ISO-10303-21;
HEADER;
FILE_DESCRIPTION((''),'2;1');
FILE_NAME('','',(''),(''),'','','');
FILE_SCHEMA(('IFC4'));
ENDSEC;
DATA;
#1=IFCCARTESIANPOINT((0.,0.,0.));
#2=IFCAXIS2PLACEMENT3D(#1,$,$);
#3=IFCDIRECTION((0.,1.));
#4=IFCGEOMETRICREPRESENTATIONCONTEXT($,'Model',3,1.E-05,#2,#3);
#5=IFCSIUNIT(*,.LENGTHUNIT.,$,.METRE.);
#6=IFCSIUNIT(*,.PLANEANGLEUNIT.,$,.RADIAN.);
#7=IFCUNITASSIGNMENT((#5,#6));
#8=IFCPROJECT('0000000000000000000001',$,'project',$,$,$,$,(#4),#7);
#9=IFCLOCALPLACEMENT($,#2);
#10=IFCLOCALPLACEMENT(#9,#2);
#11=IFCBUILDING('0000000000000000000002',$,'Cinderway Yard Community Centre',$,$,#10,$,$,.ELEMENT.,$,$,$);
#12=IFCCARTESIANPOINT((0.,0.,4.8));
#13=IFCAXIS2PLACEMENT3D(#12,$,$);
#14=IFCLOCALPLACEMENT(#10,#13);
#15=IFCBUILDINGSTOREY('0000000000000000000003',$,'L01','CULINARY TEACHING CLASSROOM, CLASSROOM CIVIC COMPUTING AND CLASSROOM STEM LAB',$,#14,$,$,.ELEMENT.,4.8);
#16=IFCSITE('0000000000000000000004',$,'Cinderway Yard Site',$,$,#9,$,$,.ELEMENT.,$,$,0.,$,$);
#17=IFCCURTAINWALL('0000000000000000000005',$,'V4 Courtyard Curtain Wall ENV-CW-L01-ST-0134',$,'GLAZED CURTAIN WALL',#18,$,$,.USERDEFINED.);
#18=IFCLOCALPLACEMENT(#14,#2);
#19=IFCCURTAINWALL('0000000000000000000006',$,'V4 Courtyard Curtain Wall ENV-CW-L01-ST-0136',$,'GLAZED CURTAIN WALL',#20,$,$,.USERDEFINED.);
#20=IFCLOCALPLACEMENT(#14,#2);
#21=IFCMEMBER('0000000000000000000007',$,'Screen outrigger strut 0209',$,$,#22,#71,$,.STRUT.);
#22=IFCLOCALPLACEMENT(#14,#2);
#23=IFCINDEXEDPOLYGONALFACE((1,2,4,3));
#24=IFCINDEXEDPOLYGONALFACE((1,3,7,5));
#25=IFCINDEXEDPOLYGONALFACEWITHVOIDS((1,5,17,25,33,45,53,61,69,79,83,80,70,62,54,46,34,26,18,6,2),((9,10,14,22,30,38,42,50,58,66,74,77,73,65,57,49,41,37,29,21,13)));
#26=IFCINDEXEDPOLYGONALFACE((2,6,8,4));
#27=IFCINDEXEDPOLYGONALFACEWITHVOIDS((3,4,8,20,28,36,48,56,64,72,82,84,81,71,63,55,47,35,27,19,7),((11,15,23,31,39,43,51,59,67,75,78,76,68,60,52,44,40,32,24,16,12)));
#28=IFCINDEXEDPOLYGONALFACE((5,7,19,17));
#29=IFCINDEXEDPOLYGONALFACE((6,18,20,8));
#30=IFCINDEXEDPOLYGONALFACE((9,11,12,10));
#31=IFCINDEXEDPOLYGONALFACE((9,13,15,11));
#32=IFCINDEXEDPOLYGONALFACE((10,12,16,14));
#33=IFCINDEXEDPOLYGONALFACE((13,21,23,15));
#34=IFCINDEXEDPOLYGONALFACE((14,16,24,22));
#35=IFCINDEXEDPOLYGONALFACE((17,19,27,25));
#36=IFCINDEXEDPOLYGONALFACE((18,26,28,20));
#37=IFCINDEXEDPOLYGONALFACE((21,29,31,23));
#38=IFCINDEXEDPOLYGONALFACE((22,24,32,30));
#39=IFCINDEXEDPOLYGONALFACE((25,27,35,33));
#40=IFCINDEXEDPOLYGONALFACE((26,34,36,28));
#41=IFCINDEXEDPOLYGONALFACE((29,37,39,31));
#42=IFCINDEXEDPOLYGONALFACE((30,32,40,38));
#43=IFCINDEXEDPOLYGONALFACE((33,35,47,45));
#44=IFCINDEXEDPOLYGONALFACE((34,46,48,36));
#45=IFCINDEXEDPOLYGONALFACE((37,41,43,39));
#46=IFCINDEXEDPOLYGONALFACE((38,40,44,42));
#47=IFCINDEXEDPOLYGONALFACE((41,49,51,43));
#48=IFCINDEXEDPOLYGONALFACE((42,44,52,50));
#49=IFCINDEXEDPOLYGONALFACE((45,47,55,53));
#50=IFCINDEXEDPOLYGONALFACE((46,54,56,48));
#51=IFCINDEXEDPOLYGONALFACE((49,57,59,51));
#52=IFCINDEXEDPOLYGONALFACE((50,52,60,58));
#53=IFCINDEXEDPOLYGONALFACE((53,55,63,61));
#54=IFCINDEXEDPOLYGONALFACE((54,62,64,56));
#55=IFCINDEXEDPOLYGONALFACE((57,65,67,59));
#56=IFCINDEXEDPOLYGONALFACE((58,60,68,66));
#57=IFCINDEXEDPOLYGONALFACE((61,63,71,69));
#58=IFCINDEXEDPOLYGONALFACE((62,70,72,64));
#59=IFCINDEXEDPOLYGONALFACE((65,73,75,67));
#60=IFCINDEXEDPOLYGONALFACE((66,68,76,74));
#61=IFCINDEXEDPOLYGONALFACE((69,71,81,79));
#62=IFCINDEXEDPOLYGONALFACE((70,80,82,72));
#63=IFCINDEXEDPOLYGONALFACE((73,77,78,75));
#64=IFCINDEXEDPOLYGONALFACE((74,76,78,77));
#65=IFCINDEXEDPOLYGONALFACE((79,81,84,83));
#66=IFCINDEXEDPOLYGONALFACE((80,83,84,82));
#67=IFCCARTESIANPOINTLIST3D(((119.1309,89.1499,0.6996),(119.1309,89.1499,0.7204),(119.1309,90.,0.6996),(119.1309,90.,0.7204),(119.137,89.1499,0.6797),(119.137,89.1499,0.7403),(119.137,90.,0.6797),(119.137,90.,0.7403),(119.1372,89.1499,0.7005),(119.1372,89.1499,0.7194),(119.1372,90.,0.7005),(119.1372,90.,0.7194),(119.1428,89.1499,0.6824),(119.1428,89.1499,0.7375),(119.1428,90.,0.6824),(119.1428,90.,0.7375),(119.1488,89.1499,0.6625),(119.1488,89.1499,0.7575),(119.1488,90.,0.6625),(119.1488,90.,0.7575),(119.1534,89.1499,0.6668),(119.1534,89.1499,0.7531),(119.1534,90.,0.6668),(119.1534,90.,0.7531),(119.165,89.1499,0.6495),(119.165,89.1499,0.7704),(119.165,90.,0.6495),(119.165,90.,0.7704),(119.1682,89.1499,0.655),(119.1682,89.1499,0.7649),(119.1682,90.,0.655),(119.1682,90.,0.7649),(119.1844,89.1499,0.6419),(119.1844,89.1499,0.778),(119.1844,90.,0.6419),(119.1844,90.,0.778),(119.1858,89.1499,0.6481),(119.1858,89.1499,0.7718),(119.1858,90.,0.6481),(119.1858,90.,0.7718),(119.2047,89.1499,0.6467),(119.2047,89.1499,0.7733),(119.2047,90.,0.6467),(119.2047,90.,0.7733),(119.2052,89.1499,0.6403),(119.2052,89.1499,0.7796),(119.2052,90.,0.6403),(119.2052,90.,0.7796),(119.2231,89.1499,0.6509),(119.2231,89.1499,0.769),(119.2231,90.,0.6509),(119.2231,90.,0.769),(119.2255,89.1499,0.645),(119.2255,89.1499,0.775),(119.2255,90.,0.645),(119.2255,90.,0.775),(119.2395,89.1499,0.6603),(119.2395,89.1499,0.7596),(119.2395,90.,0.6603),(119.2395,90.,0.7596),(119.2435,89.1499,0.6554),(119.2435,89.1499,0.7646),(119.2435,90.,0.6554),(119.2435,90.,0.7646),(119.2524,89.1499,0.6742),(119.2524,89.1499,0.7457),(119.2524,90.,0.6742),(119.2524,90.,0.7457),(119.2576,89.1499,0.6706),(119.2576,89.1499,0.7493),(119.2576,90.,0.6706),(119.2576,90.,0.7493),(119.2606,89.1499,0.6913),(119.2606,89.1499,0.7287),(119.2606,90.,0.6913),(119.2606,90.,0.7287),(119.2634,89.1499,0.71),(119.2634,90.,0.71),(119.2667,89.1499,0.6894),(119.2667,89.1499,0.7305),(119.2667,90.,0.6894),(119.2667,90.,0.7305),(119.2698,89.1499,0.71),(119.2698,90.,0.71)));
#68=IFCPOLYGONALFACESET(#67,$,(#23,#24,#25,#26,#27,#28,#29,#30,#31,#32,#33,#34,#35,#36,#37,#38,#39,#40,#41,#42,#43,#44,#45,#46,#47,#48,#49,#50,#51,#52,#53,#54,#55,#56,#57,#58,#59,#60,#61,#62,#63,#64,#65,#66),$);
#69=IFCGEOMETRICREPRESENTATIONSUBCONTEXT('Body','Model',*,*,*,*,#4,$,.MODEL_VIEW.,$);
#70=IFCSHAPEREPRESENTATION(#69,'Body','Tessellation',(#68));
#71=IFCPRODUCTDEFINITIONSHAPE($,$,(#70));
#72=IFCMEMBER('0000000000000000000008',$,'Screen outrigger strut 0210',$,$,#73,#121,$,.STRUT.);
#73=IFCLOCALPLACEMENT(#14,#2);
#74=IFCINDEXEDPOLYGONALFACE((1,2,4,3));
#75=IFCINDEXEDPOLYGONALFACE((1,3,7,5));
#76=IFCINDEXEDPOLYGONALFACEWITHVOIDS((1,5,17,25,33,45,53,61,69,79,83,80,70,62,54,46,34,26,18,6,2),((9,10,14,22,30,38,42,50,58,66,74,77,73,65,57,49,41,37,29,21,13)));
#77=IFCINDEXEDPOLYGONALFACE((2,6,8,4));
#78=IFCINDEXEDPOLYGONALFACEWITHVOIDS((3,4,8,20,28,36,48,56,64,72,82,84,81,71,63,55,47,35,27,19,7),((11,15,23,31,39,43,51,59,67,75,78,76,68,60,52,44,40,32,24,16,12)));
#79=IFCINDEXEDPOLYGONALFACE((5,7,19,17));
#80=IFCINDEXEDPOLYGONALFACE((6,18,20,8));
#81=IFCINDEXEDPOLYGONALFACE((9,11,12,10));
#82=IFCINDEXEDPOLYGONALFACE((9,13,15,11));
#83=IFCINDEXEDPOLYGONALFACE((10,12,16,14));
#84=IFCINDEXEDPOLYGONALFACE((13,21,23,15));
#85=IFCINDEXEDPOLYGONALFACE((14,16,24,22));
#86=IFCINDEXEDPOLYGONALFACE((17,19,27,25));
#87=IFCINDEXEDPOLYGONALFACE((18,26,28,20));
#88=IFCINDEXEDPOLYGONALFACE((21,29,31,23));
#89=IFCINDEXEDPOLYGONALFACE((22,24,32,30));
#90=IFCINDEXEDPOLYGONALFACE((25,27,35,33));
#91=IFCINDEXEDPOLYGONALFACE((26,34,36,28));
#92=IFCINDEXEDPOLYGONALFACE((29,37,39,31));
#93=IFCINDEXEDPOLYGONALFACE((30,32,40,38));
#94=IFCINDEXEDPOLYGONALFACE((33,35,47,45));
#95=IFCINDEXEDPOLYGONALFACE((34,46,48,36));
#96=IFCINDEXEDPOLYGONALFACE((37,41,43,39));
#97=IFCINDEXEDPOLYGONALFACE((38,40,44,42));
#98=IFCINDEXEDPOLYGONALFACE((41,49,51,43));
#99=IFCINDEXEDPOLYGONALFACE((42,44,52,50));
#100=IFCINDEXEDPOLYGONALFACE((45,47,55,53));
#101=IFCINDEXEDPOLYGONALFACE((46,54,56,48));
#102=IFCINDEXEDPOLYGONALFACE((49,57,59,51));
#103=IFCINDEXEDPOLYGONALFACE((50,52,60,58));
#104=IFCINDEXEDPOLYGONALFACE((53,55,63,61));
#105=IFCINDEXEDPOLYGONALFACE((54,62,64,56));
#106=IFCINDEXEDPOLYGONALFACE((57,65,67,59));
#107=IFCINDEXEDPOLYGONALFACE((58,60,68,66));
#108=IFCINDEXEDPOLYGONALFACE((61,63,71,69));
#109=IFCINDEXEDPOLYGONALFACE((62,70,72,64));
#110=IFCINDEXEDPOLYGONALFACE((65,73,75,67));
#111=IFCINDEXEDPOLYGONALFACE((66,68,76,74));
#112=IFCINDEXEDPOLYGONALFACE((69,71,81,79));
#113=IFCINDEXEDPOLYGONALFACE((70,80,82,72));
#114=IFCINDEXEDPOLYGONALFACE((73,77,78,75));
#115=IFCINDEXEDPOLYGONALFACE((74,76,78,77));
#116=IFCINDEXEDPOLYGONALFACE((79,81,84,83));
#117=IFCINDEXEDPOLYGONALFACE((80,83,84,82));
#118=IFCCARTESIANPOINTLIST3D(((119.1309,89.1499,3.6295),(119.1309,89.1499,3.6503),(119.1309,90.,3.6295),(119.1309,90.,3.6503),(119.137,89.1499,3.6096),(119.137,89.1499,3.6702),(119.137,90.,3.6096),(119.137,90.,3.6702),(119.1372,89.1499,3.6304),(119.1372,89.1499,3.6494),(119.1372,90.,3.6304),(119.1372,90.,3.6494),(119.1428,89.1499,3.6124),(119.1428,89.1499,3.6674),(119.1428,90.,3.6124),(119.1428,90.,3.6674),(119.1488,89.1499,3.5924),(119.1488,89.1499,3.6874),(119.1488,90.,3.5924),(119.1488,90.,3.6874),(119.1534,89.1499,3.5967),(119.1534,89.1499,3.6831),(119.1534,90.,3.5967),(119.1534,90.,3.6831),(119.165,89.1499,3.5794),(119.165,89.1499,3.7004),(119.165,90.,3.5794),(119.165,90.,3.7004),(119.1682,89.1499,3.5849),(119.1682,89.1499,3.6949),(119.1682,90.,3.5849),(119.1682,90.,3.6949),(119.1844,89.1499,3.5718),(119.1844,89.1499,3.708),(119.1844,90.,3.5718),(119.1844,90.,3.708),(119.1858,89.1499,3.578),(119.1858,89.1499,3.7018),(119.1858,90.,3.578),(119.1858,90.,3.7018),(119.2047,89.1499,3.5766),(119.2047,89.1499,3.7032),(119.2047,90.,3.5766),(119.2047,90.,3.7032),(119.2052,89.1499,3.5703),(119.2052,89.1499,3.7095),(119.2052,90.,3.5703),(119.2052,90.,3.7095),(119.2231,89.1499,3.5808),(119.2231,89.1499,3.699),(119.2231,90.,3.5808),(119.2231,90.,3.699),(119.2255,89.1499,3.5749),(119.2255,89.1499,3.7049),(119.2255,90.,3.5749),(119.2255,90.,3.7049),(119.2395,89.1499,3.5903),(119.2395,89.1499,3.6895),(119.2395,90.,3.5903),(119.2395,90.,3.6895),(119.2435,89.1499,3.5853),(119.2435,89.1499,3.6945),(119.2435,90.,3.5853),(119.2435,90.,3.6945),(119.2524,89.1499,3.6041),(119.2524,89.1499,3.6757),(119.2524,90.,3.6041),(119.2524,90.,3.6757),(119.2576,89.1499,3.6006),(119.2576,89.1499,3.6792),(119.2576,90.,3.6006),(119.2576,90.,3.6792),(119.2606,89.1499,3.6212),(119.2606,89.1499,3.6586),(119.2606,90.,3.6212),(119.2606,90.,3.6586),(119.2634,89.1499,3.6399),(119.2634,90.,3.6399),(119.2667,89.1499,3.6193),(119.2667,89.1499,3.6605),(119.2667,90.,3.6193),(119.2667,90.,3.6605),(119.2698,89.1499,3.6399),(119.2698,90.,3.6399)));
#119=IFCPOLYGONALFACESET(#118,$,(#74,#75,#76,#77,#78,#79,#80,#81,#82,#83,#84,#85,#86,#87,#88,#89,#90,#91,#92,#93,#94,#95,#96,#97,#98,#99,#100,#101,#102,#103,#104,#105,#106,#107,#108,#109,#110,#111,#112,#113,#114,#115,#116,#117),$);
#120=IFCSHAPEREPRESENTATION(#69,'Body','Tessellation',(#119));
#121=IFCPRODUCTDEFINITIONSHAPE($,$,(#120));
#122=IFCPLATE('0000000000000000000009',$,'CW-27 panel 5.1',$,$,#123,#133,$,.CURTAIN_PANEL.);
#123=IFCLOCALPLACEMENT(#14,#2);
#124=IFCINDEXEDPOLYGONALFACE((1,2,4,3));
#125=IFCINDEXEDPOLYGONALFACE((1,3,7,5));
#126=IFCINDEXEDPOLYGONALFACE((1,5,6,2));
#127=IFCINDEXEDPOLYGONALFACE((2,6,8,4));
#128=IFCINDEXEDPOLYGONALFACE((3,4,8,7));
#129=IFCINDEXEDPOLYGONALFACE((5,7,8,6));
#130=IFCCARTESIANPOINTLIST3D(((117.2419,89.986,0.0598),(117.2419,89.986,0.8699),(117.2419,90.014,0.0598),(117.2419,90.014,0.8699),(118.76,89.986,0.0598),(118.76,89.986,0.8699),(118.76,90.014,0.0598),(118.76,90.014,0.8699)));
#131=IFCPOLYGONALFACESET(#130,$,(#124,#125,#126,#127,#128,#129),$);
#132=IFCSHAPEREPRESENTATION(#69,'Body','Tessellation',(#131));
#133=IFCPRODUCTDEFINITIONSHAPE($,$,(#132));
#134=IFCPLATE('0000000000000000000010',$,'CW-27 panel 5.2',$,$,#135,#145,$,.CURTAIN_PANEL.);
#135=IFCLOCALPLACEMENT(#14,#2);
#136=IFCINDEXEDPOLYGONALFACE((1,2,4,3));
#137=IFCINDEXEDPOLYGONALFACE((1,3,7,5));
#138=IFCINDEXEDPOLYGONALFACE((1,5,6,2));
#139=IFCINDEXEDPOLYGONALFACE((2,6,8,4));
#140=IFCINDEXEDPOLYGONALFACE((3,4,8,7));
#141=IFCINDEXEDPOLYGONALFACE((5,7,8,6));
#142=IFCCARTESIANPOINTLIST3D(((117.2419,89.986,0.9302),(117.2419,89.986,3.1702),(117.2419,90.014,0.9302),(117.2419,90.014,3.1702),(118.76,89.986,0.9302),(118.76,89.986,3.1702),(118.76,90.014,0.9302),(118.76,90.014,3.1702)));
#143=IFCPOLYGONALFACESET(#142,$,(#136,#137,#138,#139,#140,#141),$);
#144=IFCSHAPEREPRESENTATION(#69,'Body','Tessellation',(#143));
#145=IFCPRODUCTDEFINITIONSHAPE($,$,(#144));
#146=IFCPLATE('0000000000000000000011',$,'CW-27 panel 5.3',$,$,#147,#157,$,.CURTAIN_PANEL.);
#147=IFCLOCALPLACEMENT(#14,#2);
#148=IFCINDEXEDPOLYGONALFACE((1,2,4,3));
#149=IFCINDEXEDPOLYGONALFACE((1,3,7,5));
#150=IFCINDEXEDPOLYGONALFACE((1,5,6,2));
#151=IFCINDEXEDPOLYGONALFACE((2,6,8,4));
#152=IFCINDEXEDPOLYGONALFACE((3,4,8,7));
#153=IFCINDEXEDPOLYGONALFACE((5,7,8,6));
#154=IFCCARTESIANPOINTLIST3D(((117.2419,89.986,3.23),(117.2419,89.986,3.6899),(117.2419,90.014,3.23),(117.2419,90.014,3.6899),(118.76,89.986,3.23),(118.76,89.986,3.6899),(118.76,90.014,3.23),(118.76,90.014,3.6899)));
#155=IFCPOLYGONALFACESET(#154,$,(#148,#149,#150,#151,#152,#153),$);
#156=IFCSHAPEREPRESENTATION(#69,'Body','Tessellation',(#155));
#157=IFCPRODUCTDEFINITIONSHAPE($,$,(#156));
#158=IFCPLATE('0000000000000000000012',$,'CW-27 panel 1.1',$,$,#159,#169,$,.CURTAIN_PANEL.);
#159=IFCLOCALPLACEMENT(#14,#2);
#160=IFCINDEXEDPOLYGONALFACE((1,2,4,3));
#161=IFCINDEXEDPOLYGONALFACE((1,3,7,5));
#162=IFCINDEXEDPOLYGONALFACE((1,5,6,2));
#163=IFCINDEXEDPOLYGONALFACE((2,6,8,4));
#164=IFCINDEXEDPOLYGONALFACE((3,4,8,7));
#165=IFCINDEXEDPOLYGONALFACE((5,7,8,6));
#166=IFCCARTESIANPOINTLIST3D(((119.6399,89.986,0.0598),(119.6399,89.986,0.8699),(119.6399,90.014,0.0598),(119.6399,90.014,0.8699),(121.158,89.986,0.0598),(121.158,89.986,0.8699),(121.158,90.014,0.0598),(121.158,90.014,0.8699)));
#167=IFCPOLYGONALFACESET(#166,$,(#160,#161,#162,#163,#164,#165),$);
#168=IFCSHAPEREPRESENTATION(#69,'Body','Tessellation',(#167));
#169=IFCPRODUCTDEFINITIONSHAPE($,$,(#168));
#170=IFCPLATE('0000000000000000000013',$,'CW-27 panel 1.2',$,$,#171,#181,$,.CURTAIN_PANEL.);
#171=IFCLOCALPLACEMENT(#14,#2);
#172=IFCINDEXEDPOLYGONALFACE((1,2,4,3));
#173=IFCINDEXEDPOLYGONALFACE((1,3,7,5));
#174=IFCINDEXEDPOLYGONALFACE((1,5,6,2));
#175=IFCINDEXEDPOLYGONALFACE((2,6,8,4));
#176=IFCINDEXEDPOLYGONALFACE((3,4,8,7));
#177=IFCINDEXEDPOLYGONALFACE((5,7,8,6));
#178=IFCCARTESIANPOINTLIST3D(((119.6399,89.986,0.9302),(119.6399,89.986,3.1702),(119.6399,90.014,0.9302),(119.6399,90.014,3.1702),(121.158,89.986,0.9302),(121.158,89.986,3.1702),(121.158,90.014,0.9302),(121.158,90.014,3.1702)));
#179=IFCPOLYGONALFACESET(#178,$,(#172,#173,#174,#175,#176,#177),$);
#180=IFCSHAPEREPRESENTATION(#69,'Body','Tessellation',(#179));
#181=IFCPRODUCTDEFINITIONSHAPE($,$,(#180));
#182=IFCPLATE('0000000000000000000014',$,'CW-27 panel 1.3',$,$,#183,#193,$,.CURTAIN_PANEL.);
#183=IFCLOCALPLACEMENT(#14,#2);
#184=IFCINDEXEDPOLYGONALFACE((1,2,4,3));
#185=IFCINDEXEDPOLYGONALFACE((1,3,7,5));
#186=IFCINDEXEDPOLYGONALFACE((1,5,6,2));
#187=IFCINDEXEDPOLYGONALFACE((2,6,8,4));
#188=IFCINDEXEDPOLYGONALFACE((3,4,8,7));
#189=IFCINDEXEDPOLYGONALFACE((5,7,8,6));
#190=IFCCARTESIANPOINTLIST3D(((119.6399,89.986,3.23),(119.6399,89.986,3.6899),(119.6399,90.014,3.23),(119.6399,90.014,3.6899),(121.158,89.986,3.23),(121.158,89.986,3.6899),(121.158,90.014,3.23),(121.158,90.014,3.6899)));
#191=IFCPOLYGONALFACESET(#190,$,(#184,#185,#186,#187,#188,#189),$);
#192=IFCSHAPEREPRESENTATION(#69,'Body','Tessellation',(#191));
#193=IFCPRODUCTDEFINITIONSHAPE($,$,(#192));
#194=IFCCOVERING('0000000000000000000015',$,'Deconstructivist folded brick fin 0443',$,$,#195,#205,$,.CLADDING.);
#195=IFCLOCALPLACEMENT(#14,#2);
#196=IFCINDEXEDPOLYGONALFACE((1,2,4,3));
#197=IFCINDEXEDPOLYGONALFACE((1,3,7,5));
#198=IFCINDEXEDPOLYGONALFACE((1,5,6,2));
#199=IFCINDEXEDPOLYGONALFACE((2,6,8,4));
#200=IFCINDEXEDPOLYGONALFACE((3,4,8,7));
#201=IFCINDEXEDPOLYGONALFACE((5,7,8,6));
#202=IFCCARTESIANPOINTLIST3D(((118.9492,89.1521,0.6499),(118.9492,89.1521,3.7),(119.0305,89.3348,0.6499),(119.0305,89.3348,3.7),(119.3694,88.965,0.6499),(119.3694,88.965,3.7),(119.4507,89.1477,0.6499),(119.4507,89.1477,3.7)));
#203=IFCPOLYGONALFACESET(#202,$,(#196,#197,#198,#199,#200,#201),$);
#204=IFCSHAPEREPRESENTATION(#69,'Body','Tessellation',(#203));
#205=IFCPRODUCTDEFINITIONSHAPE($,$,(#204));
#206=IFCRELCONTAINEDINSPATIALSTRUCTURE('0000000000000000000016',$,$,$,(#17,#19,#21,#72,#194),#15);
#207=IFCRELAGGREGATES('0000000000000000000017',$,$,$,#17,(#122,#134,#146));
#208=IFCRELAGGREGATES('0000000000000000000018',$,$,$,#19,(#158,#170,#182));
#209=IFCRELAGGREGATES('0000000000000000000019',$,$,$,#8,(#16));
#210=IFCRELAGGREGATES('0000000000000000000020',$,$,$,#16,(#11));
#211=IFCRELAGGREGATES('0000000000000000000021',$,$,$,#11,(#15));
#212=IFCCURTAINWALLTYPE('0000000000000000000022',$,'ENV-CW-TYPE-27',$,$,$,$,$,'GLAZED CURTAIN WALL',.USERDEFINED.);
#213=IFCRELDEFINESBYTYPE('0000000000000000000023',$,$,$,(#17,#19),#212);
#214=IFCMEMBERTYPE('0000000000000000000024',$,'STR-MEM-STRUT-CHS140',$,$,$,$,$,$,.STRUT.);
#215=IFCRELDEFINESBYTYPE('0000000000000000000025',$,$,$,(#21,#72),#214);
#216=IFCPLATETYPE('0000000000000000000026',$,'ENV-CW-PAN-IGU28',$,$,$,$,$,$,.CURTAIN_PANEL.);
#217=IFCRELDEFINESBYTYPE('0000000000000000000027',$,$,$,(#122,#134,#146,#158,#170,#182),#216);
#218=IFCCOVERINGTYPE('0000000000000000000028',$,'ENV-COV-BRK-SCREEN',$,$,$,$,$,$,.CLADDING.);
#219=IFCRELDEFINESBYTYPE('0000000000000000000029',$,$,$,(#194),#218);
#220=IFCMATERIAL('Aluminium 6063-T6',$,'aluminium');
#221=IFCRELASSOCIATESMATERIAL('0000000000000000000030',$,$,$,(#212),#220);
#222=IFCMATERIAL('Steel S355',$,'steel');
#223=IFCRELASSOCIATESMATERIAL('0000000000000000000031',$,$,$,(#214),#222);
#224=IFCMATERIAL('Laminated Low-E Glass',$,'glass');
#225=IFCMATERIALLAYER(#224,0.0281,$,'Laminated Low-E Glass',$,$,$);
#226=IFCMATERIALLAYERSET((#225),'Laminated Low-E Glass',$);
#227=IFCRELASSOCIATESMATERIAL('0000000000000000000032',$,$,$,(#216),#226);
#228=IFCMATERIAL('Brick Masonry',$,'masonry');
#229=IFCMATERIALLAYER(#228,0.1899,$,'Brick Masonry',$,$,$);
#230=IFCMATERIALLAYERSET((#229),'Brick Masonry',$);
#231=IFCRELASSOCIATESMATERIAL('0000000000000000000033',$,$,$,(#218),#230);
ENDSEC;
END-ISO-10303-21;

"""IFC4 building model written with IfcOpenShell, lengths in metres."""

from ifc_helpers import new_model, si_unit, direction, frame, origin, origin_2d, place, context, subcontext, project, spatial, rectangle, hollow_circle, extrude, material, layer, layer_set, material_profile, profile_set, type_object, element, aggregate, save


model = new_model("IFC4")

# Units and contexts
model_context = context("Model", 3, precision=1e-05, world=origin(), true_north=direction((0.0, 1.0)))
body_context = subcontext(model_context, "Body", "Model", "MODEL_VIEW")
ifc_project = project(units=[si_unit("LENGTHUNIT", "METRE"), si_unit("PLANEANGLEUNIT", "RADIAN")], contexts=[model_context])

# Site, building, storey
site_placement = place(None, origin())
site = spatial("IfcSite", under=ifc_project, at=site_placement, Name="Cinderway Yard Site", CompositionType="ELEMENT", RefElevation=0.0)
building_placement = place(site_placement, origin())
building = spatial("IfcBuilding", under=site, at=building_placement, Name="Cinderway Yard Community Centre", CompositionType="ELEMENT")
storey_placement = place(building_placement, frame((0.0, 0.0, 4.8)))
storey = spatial("IfcBuildingStorey", under=building, at=storey_placement, Name="L01", Description="CULINARY TEACHING CLASSROOM, CLASSROOM CIVIC COMPUTING AND CLASSROOM STEM LAB", CompositionType="ELEMENT", Elevation=4.8)

# Curtain wall
ifc_material_1 = material(Name="Aluminium 6063-T6", Category="aluminium")
curtain_wall_type = type_object("IfcCurtainWallType", Name="ENV-CW-TYPE-27", ElementType="GLAZED CURTAIN WALL", PredefinedType="USERDEFINED", material=ifc_material_1)
curtain_wall_1_placement = place(storey_placement, origin())
curtain_wall_1 = element("IfcCurtainWall", 1, at=curtain_wall_1_placement, inside=storey, type_object=curtain_wall_type, Name="V4 Courtyard Curtain Wall ENV-CW-L01-ST-0134", ObjectType="GLAZED CURTAIN WALL", PredefinedType="USERDEFINED")

# Curtain wall
curtain_wall_2_placement = place(storey_placement, origin())
curtain_wall_2 = element("IfcCurtainWall", 2, at=curtain_wall_2_placement, inside=storey, type_object=curtain_wall_type, Name="V4 Courtyard Curtain Wall ENV-CW-L01-ST-0136", ObjectType="GLAZED CURTAIN WALL", PredefinedType="USERDEFINED")

# Shared definitions
ifc_material_2 = material(Name="Steel S355", Category="steel")

# Members
ifc_material_profile_1 = material_profile(ifc_material_2, hollow_circle(Radius=0.0698, WallThickness=0.0063, at=origin_2d()), Name="Steel S355")
ifc_profile_set_1 = profile_set([ifc_material_profile_1], Name="Steel S355")
member_type_1 = type_object("IfcMemberType", Name="STR-MEM-STRUT-CHS140", PredefinedType="STRUT", material=ifc_profile_set_1)
for number, where, z_axis, x_axis, name in (
    (3, (119.2, 90.0, 0.71), (0.0, -1.0, 0.0), (1.0, 0.0, 0.0), "Screen outrigger strut 0209"),
    (4, (119.2, 90.0, 3.6399), (0.0, -1.0, 0.0), (1.0, 0.0, 0.0), "Screen outrigger strut 0210"),
):
    element("IfcMember", number, at=place(storey_placement, frame(where, z_axis=z_axis, x_axis=x_axis)), inside=storey, type_object=member_type_1, Name=name, PredefinedType="STRUT", context=body_context, shape_type="SweptSolid", body=[
        extrude(hollow_circle(Radius=0.0698, WallThickness=0.0063, at=origin_2d()), origin(), (0.0, 0.0, 1.0), 0.8501),
    ])

# Plates
ifc_material_3 = material(Name="Laminated Low-E Glass", Category="glass")
ifc_layer_1 = layer(ifc_material_3, 0.0281, Name="Laminated Low-E Glass")
ifc_layer_set_1 = layer_set([ifc_layer_1], Name="Laminated Low-E Glass")
plate_type = type_object("IfcPlateType", Name="ENV-CW-PAN-IGU28", PredefinedType="CURTAIN_PANEL", material=ifc_layer_set_1)
plate_1_placement = place(storey_placement, frame((118.001, 90.0, 0.0598), z_axis=(0.0, 0.0, 1.0), x_axis=(1.0, 0.0, 0.0)))
plate_1 = element("IfcPlate", 5, at=plate_1_placement, type_object=plate_type, Name="CW-27 panel 5.1", PredefinedType="CURTAIN_PANEL", context=body_context, shape_type="SweptSolid", body=[
    extrude(rectangle(XDim=1.5181, YDim=0.0281, at=origin_2d()), origin(), (0.0, 0.0, 1.0), 0.8101),
])
plate_2_placement = place(storey_placement, frame((118.001, 90.0, 0.9302), z_axis=(0.0, 0.0, 1.0), x_axis=(1.0, 0.0, 0.0)))
plate_2 = element("IfcPlate", 6, at=plate_2_placement, type_object=plate_type, Name="CW-27 panel 5.2", PredefinedType="CURTAIN_PANEL", context=body_context, shape_type="SweptSolid", body=[
    extrude(rectangle(XDim=1.5181, YDim=0.0281, at=origin_2d()), origin(), (0.0, 0.0, 1.0), 2.24),
])
plate_3_placement = place(storey_placement, frame((118.001, 90.0, 3.23), z_axis=(0.0, 0.0, 1.0), x_axis=(1.0, 0.0, 0.0)))
plate_3 = element("IfcPlate", 7, at=plate_3_placement, type_object=plate_type, Name="CW-27 panel 5.3", PredefinedType="CURTAIN_PANEL", context=body_context, shape_type="SweptSolid", body=[
    extrude(rectangle(XDim=1.5181, YDim=0.0281, at=origin_2d()), origin(), (0.0, 0.0, 1.0), 0.46),
])
aggregate(curtain_wall_1, [plate_1, plate_2, plate_3])
plate_4_placement = place(storey_placement, frame((120.3989, 90.0, 0.0598), z_axis=(0.0, 0.0, 1.0), x_axis=(1.0, 0.0, 0.0)))
plate_4 = element("IfcPlate", 8, at=plate_4_placement, type_object=plate_type, Name="CW-27 panel 1.1", PredefinedType="CURTAIN_PANEL", context=body_context, shape_type="SweptSolid", body=[
    extrude(rectangle(XDim=1.5181, YDim=0.0281, at=origin_2d()), origin(), (0.0, 0.0, 1.0), 0.8101),
])
plate_5_placement = place(storey_placement, frame((120.3989, 90.0, 0.9302), z_axis=(0.0, 0.0, 1.0), x_axis=(1.0, 0.0, 0.0)))
plate_5 = element("IfcPlate", 9, at=plate_5_placement, type_object=plate_type, Name="CW-27 panel 1.2", PredefinedType="CURTAIN_PANEL", context=body_context, shape_type="SweptSolid", body=[
    extrude(rectangle(XDim=1.5181, YDim=0.0281, at=origin_2d()), origin(), (0.0, 0.0, 1.0), 2.24),
])
plate_6_placement = place(storey_placement, frame((120.3989, 90.0, 3.23), z_axis=(0.0, 0.0, 1.0), x_axis=(1.0, 0.0, 0.0)))
plate_6 = element("IfcPlate", 10, at=plate_6_placement, type_object=plate_type, Name="CW-27 panel 1.3", PredefinedType="CURTAIN_PANEL", context=body_context, shape_type="SweptSolid", body=[
    extrude(rectangle(XDim=1.5181, YDim=0.0281, at=origin_2d()), origin(), (0.0, 0.0, 1.0), 0.46),
])
aggregate(curtain_wall_2, [plate_4, plate_5, plate_6])

# Covering
ifc_material_4 = material(Name="Brick Masonry", Category="masonry")
ifc_layer_2 = layer(ifc_material_4, 0.1899, Name="Brick Masonry")
ifc_layer_set_2 = layer_set([ifc_layer_2], Name="Brick Masonry")
covering_type = type_object("IfcCoveringType", Name="ENV-COV-BRK-SCREEN", PredefinedType="CLADDING", material=ifc_layer_set_2)
covering_placement = place(storey_placement, frame((119.2, 89.1499, 0.6499), z_axis=(0.0, 0.0, 1.0), x_axis=(-0.913545, 0.406737, 0.0)))
element("IfcCovering", 11, at=covering_placement, inside=storey, type_object=covering_type, Name="Deconstructivist folded brick fin 0443", PredefinedType="CLADDING", context=body_context, shape_type="SweptSolid", body=[
    extrude(rectangle(XDim=0.46, YDim=0.2, at=origin_2d()), origin(), (0.0, 0.0, 1.0), 3.05),
])

save(model, "model.ifc")
